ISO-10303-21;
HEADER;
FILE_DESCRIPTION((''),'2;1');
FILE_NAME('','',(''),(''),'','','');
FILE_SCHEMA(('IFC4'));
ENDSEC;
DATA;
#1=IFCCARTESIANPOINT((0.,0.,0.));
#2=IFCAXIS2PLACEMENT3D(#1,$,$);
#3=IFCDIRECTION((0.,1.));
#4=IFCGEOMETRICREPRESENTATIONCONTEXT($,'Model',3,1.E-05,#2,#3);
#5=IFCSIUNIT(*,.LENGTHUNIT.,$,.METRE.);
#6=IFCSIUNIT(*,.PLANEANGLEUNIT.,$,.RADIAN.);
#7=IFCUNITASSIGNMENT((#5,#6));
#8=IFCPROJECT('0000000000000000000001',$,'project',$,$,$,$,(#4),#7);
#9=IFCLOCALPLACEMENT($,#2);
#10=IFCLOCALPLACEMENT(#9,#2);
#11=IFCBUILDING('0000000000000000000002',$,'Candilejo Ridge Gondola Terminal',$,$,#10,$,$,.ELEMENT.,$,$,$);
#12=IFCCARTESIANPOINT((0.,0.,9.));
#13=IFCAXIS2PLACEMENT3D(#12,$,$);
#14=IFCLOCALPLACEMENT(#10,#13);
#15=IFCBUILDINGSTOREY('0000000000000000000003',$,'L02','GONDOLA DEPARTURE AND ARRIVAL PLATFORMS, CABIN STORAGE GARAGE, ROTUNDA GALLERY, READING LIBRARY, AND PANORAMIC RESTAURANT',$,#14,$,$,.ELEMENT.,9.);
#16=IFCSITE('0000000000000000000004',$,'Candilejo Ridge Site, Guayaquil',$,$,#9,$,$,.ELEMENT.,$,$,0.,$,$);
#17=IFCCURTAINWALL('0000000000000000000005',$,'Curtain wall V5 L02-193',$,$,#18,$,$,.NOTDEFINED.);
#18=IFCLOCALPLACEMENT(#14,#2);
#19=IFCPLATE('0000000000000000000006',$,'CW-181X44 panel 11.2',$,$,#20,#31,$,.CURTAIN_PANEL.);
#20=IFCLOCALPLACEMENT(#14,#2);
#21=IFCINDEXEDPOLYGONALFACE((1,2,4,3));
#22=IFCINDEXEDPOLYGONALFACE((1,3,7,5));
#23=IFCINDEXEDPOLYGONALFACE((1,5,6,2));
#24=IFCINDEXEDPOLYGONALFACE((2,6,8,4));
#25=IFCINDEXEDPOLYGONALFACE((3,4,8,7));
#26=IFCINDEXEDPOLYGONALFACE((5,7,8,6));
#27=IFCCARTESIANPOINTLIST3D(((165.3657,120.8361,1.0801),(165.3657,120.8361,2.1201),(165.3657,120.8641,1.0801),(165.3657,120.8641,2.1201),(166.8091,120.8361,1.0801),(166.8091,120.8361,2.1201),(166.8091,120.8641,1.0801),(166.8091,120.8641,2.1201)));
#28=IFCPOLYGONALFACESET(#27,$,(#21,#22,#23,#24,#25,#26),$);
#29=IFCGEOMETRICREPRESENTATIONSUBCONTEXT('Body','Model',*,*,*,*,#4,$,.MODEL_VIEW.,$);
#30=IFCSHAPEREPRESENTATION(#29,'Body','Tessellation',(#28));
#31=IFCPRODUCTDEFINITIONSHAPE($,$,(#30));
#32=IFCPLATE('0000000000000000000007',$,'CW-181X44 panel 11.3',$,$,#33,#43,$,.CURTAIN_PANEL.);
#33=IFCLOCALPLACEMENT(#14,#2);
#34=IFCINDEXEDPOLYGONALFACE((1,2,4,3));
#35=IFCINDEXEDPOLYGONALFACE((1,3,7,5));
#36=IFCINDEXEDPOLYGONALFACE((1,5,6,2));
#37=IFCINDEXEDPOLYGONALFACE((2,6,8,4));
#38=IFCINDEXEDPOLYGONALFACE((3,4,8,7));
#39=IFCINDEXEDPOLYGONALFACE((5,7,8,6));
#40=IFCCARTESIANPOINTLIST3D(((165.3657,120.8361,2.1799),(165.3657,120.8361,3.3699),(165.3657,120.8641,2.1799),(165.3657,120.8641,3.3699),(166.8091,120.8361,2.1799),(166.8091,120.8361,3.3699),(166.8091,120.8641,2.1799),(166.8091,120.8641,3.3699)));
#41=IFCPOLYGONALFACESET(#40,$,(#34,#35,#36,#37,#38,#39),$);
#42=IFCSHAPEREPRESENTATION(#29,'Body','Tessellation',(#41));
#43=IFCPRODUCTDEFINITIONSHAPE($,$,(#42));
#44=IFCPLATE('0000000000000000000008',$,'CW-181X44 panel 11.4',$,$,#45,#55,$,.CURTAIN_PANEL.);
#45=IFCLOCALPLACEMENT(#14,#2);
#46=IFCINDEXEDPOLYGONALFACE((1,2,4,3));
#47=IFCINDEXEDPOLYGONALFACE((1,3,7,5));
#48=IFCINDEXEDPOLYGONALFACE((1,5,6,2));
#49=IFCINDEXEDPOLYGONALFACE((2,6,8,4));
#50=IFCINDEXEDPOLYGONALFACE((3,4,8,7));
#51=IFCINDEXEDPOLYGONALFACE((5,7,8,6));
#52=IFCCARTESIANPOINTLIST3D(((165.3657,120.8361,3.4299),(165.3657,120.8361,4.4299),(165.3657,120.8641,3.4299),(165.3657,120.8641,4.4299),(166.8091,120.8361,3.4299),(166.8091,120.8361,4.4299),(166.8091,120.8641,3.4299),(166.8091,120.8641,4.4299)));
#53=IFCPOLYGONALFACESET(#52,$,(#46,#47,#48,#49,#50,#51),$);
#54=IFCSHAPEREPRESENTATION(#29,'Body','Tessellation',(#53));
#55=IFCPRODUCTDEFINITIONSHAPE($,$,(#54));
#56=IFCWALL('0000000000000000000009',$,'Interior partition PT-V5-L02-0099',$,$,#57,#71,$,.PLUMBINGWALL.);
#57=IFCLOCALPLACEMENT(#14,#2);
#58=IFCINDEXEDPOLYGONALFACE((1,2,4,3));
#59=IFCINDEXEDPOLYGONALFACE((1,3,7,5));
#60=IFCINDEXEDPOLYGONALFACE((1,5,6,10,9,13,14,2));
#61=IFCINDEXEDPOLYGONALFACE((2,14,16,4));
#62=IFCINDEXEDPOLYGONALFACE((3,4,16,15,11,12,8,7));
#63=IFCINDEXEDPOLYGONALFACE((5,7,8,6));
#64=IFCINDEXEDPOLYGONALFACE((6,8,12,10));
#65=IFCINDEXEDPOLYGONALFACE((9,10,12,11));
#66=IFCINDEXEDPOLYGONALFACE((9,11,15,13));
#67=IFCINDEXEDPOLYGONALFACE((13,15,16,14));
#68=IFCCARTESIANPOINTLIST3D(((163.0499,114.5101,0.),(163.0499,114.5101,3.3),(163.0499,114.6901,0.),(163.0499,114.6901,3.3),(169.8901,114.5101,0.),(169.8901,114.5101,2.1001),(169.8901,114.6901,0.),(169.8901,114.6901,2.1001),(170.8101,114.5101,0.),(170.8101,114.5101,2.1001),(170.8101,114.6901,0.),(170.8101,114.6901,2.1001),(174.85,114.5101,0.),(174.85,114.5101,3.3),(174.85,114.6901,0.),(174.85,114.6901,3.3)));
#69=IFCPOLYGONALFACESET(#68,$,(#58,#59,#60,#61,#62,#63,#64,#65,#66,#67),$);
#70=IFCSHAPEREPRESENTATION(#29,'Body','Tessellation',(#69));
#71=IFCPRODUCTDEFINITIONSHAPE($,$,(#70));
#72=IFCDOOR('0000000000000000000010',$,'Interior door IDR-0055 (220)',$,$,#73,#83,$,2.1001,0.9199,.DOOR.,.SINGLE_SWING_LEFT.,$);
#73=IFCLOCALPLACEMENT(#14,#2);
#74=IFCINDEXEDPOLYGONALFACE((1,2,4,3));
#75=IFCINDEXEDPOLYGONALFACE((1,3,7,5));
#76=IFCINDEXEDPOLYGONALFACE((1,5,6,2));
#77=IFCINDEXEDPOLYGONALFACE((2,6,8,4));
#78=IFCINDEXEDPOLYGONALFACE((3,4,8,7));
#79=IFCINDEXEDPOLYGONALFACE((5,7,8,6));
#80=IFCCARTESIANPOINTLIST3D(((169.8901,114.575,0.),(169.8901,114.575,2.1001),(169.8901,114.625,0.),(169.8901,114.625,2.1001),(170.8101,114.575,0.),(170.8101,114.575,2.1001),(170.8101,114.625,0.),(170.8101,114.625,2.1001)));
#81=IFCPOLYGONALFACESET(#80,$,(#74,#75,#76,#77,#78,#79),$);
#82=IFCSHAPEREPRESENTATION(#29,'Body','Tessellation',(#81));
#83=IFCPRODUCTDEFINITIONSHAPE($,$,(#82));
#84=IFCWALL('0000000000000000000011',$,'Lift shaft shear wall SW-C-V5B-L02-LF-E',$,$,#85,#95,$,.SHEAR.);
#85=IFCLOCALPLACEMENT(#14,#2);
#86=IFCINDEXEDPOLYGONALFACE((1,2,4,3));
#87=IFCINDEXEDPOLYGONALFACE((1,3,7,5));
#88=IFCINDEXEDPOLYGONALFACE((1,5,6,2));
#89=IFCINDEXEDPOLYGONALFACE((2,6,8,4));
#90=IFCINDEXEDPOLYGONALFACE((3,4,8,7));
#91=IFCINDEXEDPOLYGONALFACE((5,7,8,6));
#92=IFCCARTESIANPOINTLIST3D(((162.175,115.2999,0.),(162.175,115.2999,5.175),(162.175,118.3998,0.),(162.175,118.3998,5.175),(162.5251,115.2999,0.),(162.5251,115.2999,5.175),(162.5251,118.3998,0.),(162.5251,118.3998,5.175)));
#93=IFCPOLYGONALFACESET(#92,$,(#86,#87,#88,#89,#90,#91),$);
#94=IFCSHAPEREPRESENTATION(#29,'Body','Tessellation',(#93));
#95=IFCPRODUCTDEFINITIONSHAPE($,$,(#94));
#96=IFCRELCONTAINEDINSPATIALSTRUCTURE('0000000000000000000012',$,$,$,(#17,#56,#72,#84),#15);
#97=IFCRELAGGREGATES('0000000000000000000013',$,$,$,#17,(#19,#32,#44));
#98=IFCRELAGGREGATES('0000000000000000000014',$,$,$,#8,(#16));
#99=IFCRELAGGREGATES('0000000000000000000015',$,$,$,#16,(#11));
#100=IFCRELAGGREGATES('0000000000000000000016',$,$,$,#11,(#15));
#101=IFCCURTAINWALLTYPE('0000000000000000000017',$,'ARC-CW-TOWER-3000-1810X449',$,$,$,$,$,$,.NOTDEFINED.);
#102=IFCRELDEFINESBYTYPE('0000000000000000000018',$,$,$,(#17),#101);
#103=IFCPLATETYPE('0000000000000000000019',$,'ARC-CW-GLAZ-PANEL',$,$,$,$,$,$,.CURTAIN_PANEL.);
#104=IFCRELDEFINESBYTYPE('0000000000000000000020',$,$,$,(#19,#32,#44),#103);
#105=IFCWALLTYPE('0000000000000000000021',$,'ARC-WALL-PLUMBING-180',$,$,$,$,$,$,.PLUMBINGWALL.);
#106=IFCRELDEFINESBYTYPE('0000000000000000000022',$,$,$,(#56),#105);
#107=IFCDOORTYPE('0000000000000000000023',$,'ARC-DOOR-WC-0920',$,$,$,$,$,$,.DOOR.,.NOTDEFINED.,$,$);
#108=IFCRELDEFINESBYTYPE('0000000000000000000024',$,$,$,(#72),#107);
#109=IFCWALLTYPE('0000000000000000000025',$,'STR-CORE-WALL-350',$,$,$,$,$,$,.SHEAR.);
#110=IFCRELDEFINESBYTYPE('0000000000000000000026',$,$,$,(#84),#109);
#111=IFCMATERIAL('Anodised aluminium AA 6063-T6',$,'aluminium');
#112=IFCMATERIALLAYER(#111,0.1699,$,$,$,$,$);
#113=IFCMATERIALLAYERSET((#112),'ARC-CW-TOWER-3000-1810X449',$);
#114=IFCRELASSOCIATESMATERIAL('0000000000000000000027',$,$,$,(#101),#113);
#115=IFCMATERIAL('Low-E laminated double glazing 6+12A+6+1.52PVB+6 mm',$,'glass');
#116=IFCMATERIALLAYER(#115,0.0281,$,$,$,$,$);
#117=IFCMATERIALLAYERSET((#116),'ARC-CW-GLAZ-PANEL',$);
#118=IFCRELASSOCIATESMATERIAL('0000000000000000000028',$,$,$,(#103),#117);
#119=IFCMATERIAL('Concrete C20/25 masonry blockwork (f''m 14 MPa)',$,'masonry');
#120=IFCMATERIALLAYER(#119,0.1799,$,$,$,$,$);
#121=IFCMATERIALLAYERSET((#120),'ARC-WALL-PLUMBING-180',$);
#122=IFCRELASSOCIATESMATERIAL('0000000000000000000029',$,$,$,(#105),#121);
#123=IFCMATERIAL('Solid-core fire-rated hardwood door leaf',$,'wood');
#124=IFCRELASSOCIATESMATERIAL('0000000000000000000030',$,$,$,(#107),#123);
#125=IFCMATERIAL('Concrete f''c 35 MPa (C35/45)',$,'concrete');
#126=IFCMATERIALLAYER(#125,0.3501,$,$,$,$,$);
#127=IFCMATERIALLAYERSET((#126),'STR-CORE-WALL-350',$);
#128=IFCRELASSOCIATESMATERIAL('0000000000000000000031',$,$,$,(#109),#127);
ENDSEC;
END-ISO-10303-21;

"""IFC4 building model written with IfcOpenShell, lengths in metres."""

from ifc_helpers import new_model, si_unit, direction, frame, frame_2d, origin, origin_2d, place, context, subcontext, project, spatial, rectangle, extrude, material, layer, layer_set, type_object, element, fill, aggregate, save


model = new_model("IFC4")

# Units and contexts
model_context = context("Model", 3, precision=1e-05, world=origin(), true_north=direction((0.0, 1.0)))
body_context = subcontext(model_context, "Body", "Model", "MODEL_VIEW")
ifc_project = project(units=[si_unit("LENGTHUNIT", "METRE"), si_unit("PLANEANGLEUNIT", "RADIAN")], contexts=[model_context])

# Site, building, storey
site_placement = place(None, origin())
site = spatial("IfcSite", under=ifc_project, at=site_placement, Name="Candilejo Ridge Site, Guayaquil", CompositionType="ELEMENT", RefElevation=0.0)
building_placement = place(site_placement, origin())
building = spatial("IfcBuilding", under=site, at=building_placement, Name="Candilejo Ridge Gondola Terminal", CompositionType="ELEMENT")
storey_placement = place(building_placement, frame((0.0, 0.0, 9.0)))
storey = spatial("IfcBuildingStorey", under=building, at=storey_placement, Name="L02", Description="GONDOLA DEPARTURE AND ARRIVAL PLATFORMS, CABIN STORAGE GARAGE, ROTUNDA GALLERY, READING LIBRARY, AND PANORAMIC RESTAURANT", CompositionType="ELEMENT", Elevation=9.0)

# Curtain wall, plates
ifc_material_1 = material(Name="Anodised aluminium AA 6063-T6", Category="aluminium")
ifc_layer_1 = layer(ifc_material_1, 0.1699)
ifc_layer_set_1 = layer_set([ifc_layer_1], Name="ARC-CW-TOWER-3000-1810X449")
curtain_wall_type = type_object("IfcCurtainWallType", Name="ARC-CW-TOWER-3000-1810X449", PredefinedType="NOTDEFINED", material=ifc_layer_set_1)
curtain_wall_placement = place(storey_placement, origin())
curtain_wall = element("IfcCurtainWall", 1, at=curtain_wall_placement, inside=storey, type_object=curtain_wall_type, Name="Curtain wall V5 L02-193", PredefinedType="NOTDEFINED")
ifc_material_2 = material(Name="Low-E laminated double glazing 6+12A+6+1.52PVB+6 mm", Category="glass")
ifc_layer_2 = layer(ifc_material_2, 0.0281)
ifc_layer_set_2 = layer_set([ifc_layer_2], Name="ARC-CW-GLAZ-PANEL")
plate_type = type_object("IfcPlateType", Name="ARC-CW-GLAZ-PANEL", PredefinedType="CURTAIN_PANEL", material=ifc_layer_set_2)
plate_1_placement = place(storey_placement, frame((166.0874, 120.8501, 1.0801), z_axis=(0.0, 0.0, 1.0), x_axis=(1.0, 0.0, 0.0)))
plate_1 = element("IfcPlate", 2, at=plate_1_placement, type_object=plate_type, Name="CW-181X44 panel 11.2", PredefinedType="CURTAIN_PANEL", context=body_context, shape_type="SweptSolid", body=[
    extrude(rectangle(XDim=1.4434, YDim=0.0281, at=origin_2d()), origin(), (0.0, 0.0, 1.0), 1.04),
])
plate_2_placement = place(storey_placement, frame((166.0874, 120.8501, 2.1799), z_axis=(0.0, 0.0, 1.0), x_axis=(1.0, 0.0, 0.0)))
plate_2 = element("IfcPlate", 3, at=plate_2_placement, type_object=plate_type, Name="CW-181X44 panel 11.3", PredefinedType="CURTAIN_PANEL", context=body_context, shape_type="SweptSolid", body=[
    extrude(rectangle(XDim=1.4434, YDim=0.0281, at=origin_2d()), origin(), (0.0, 0.0, 1.0), 1.1899),
])
plate_3_placement = place(storey_placement, frame((166.0874, 120.8501, 3.4299), z_axis=(0.0, 0.0, 1.0), x_axis=(1.0, 0.0, 0.0)))
plate_3 = element("IfcPlate", 4, at=plate_3_placement, type_object=plate_type, Name="CW-181X44 panel 11.4", PredefinedType="CURTAIN_PANEL", context=body_context, shape_type="SweptSolid", body=[
    extrude(rectangle(XDim=1.4434, YDim=0.0281, at=origin_2d()), origin(), (0.0, 0.0, 1.0), 1.0),
])
aggregate(curtain_wall, [plate_1, plate_2, plate_3])

# Wall, opening, door
ifc_material_3 = material(Name="Concrete C20/25 masonry blockwork (f'm 14 MPa)", Category="masonry")
ifc_layer_3 = layer(ifc_material_3, 0.1799)
ifc_layer_set_3 = layer_set([ifc_layer_3], Name="ARC-WALL-PLUMBING-180")
wall_type_1 = type_object("IfcWallType", Name="ARC-WALL-PLUMBING-180", PredefinedType="PLUMBINGWALL", material=ifc_layer_set_3)
wall_1_placement = place(storey_placement, frame((163.05, 114.6001, 0.0), z_axis=(0.0, 0.0, 1.0), x_axis=(1.0, 0.0, 0.0)))
wall_1 = element("IfcWall", 5, at=wall_1_placement, inside=storey, type_object=wall_type_1, Name="Interior partition PT-V5-L02-0099", PredefinedType="PLUMBINGWALL", context=body_context, shape_type="SweptSolid", body=[
    extrude(rectangle(XDim=11.8, YDim=0.1799, at=frame_2d((5.8999, 0.0))), origin(), (0.0, 0.0, 1.0), 3.3),
])
opening_placement = place(wall_1_placement, frame((6.8401, 0.0, 0.0)))
opening = element("IfcOpeningElement", 6, at=opening_placement, cuts=wall_1, PredefinedType="OPENING", context=body_context, shape_type="SweptSolid", body=[
    extrude(rectangle(XDim=0.9199, YDim=2.1001, at=frame_2d((0.46, 1.05))), frame((0.0, 0.0999, 0.0), z_axis=(0.0, -1.0, 0.0), x_axis=(1.0, 0.0, 0.0)), (0.0, 0.0, 1.0), 0.2),
])
ifc_material_4 = material(Name="Solid-core fire-rated hardwood door leaf", Category="wood")
door_type = type_object("IfcDoorType", Name="ARC-DOOR-WC-0920", OperationType="NOTDEFINED", PredefinedType="DOOR", material=ifc_material_4)
door_placement = place(opening_placement, origin())
door = element("IfcDoor", 7, at=door_placement, inside=storey, type_object=door_type, Name="Interior door IDR-0055 (220)", OperationType="SINGLE_SWING_LEFT", OverallHeight=2.1001, OverallWidth=0.9199, PredefinedType="DOOR", context=body_context, shape_type="SweptSolid", body=[
    extrude(rectangle(XDim=0.9199, YDim=2.1001, at=frame_2d((0.46, 1.05))), frame((0.0, 0.0249, 0.0), z_axis=(0.0, -1.0, 0.0), x_axis=(1.0, 0.0, 0.0)), (0.0, 0.0, 1.0), 0.05),
])
fill(opening, door)

# Wall
ifc_material_5 = material(Name="Concrete f'c 35 MPa (C35/45)", Category="concrete")
ifc_layer_4 = layer(ifc_material_5, 0.3501)
ifc_layer_set_4 = layer_set([ifc_layer_4], Name="STR-CORE-WALL-350")
wall_type_2 = type_object("IfcWallType", Name="STR-CORE-WALL-350", PredefinedType="SHEAR", material=ifc_layer_set_4)
wall_2_placement = place(storey_placement, frame((162.3501, 115.3, 0.0), z_axis=(0.0, 0.0, 1.0), x_axis=(0.0, 1.0, 0.0)))
element("IfcWall", 8, at=wall_2_placement, inside=storey, type_object=wall_type_2, Name="Lift shaft shear wall SW-C-V5B-L02-LF-E", PredefinedType="SHEAR", context=body_context, shape_type="SweptSolid", body=[
    extrude(rectangle(XDim=3.0999, YDim=0.3501, at=frame_2d((1.5498, 0.0))), origin(), (0.0, 0.0, 1.0), 5.175),
])

save(model, "model.ifc")
